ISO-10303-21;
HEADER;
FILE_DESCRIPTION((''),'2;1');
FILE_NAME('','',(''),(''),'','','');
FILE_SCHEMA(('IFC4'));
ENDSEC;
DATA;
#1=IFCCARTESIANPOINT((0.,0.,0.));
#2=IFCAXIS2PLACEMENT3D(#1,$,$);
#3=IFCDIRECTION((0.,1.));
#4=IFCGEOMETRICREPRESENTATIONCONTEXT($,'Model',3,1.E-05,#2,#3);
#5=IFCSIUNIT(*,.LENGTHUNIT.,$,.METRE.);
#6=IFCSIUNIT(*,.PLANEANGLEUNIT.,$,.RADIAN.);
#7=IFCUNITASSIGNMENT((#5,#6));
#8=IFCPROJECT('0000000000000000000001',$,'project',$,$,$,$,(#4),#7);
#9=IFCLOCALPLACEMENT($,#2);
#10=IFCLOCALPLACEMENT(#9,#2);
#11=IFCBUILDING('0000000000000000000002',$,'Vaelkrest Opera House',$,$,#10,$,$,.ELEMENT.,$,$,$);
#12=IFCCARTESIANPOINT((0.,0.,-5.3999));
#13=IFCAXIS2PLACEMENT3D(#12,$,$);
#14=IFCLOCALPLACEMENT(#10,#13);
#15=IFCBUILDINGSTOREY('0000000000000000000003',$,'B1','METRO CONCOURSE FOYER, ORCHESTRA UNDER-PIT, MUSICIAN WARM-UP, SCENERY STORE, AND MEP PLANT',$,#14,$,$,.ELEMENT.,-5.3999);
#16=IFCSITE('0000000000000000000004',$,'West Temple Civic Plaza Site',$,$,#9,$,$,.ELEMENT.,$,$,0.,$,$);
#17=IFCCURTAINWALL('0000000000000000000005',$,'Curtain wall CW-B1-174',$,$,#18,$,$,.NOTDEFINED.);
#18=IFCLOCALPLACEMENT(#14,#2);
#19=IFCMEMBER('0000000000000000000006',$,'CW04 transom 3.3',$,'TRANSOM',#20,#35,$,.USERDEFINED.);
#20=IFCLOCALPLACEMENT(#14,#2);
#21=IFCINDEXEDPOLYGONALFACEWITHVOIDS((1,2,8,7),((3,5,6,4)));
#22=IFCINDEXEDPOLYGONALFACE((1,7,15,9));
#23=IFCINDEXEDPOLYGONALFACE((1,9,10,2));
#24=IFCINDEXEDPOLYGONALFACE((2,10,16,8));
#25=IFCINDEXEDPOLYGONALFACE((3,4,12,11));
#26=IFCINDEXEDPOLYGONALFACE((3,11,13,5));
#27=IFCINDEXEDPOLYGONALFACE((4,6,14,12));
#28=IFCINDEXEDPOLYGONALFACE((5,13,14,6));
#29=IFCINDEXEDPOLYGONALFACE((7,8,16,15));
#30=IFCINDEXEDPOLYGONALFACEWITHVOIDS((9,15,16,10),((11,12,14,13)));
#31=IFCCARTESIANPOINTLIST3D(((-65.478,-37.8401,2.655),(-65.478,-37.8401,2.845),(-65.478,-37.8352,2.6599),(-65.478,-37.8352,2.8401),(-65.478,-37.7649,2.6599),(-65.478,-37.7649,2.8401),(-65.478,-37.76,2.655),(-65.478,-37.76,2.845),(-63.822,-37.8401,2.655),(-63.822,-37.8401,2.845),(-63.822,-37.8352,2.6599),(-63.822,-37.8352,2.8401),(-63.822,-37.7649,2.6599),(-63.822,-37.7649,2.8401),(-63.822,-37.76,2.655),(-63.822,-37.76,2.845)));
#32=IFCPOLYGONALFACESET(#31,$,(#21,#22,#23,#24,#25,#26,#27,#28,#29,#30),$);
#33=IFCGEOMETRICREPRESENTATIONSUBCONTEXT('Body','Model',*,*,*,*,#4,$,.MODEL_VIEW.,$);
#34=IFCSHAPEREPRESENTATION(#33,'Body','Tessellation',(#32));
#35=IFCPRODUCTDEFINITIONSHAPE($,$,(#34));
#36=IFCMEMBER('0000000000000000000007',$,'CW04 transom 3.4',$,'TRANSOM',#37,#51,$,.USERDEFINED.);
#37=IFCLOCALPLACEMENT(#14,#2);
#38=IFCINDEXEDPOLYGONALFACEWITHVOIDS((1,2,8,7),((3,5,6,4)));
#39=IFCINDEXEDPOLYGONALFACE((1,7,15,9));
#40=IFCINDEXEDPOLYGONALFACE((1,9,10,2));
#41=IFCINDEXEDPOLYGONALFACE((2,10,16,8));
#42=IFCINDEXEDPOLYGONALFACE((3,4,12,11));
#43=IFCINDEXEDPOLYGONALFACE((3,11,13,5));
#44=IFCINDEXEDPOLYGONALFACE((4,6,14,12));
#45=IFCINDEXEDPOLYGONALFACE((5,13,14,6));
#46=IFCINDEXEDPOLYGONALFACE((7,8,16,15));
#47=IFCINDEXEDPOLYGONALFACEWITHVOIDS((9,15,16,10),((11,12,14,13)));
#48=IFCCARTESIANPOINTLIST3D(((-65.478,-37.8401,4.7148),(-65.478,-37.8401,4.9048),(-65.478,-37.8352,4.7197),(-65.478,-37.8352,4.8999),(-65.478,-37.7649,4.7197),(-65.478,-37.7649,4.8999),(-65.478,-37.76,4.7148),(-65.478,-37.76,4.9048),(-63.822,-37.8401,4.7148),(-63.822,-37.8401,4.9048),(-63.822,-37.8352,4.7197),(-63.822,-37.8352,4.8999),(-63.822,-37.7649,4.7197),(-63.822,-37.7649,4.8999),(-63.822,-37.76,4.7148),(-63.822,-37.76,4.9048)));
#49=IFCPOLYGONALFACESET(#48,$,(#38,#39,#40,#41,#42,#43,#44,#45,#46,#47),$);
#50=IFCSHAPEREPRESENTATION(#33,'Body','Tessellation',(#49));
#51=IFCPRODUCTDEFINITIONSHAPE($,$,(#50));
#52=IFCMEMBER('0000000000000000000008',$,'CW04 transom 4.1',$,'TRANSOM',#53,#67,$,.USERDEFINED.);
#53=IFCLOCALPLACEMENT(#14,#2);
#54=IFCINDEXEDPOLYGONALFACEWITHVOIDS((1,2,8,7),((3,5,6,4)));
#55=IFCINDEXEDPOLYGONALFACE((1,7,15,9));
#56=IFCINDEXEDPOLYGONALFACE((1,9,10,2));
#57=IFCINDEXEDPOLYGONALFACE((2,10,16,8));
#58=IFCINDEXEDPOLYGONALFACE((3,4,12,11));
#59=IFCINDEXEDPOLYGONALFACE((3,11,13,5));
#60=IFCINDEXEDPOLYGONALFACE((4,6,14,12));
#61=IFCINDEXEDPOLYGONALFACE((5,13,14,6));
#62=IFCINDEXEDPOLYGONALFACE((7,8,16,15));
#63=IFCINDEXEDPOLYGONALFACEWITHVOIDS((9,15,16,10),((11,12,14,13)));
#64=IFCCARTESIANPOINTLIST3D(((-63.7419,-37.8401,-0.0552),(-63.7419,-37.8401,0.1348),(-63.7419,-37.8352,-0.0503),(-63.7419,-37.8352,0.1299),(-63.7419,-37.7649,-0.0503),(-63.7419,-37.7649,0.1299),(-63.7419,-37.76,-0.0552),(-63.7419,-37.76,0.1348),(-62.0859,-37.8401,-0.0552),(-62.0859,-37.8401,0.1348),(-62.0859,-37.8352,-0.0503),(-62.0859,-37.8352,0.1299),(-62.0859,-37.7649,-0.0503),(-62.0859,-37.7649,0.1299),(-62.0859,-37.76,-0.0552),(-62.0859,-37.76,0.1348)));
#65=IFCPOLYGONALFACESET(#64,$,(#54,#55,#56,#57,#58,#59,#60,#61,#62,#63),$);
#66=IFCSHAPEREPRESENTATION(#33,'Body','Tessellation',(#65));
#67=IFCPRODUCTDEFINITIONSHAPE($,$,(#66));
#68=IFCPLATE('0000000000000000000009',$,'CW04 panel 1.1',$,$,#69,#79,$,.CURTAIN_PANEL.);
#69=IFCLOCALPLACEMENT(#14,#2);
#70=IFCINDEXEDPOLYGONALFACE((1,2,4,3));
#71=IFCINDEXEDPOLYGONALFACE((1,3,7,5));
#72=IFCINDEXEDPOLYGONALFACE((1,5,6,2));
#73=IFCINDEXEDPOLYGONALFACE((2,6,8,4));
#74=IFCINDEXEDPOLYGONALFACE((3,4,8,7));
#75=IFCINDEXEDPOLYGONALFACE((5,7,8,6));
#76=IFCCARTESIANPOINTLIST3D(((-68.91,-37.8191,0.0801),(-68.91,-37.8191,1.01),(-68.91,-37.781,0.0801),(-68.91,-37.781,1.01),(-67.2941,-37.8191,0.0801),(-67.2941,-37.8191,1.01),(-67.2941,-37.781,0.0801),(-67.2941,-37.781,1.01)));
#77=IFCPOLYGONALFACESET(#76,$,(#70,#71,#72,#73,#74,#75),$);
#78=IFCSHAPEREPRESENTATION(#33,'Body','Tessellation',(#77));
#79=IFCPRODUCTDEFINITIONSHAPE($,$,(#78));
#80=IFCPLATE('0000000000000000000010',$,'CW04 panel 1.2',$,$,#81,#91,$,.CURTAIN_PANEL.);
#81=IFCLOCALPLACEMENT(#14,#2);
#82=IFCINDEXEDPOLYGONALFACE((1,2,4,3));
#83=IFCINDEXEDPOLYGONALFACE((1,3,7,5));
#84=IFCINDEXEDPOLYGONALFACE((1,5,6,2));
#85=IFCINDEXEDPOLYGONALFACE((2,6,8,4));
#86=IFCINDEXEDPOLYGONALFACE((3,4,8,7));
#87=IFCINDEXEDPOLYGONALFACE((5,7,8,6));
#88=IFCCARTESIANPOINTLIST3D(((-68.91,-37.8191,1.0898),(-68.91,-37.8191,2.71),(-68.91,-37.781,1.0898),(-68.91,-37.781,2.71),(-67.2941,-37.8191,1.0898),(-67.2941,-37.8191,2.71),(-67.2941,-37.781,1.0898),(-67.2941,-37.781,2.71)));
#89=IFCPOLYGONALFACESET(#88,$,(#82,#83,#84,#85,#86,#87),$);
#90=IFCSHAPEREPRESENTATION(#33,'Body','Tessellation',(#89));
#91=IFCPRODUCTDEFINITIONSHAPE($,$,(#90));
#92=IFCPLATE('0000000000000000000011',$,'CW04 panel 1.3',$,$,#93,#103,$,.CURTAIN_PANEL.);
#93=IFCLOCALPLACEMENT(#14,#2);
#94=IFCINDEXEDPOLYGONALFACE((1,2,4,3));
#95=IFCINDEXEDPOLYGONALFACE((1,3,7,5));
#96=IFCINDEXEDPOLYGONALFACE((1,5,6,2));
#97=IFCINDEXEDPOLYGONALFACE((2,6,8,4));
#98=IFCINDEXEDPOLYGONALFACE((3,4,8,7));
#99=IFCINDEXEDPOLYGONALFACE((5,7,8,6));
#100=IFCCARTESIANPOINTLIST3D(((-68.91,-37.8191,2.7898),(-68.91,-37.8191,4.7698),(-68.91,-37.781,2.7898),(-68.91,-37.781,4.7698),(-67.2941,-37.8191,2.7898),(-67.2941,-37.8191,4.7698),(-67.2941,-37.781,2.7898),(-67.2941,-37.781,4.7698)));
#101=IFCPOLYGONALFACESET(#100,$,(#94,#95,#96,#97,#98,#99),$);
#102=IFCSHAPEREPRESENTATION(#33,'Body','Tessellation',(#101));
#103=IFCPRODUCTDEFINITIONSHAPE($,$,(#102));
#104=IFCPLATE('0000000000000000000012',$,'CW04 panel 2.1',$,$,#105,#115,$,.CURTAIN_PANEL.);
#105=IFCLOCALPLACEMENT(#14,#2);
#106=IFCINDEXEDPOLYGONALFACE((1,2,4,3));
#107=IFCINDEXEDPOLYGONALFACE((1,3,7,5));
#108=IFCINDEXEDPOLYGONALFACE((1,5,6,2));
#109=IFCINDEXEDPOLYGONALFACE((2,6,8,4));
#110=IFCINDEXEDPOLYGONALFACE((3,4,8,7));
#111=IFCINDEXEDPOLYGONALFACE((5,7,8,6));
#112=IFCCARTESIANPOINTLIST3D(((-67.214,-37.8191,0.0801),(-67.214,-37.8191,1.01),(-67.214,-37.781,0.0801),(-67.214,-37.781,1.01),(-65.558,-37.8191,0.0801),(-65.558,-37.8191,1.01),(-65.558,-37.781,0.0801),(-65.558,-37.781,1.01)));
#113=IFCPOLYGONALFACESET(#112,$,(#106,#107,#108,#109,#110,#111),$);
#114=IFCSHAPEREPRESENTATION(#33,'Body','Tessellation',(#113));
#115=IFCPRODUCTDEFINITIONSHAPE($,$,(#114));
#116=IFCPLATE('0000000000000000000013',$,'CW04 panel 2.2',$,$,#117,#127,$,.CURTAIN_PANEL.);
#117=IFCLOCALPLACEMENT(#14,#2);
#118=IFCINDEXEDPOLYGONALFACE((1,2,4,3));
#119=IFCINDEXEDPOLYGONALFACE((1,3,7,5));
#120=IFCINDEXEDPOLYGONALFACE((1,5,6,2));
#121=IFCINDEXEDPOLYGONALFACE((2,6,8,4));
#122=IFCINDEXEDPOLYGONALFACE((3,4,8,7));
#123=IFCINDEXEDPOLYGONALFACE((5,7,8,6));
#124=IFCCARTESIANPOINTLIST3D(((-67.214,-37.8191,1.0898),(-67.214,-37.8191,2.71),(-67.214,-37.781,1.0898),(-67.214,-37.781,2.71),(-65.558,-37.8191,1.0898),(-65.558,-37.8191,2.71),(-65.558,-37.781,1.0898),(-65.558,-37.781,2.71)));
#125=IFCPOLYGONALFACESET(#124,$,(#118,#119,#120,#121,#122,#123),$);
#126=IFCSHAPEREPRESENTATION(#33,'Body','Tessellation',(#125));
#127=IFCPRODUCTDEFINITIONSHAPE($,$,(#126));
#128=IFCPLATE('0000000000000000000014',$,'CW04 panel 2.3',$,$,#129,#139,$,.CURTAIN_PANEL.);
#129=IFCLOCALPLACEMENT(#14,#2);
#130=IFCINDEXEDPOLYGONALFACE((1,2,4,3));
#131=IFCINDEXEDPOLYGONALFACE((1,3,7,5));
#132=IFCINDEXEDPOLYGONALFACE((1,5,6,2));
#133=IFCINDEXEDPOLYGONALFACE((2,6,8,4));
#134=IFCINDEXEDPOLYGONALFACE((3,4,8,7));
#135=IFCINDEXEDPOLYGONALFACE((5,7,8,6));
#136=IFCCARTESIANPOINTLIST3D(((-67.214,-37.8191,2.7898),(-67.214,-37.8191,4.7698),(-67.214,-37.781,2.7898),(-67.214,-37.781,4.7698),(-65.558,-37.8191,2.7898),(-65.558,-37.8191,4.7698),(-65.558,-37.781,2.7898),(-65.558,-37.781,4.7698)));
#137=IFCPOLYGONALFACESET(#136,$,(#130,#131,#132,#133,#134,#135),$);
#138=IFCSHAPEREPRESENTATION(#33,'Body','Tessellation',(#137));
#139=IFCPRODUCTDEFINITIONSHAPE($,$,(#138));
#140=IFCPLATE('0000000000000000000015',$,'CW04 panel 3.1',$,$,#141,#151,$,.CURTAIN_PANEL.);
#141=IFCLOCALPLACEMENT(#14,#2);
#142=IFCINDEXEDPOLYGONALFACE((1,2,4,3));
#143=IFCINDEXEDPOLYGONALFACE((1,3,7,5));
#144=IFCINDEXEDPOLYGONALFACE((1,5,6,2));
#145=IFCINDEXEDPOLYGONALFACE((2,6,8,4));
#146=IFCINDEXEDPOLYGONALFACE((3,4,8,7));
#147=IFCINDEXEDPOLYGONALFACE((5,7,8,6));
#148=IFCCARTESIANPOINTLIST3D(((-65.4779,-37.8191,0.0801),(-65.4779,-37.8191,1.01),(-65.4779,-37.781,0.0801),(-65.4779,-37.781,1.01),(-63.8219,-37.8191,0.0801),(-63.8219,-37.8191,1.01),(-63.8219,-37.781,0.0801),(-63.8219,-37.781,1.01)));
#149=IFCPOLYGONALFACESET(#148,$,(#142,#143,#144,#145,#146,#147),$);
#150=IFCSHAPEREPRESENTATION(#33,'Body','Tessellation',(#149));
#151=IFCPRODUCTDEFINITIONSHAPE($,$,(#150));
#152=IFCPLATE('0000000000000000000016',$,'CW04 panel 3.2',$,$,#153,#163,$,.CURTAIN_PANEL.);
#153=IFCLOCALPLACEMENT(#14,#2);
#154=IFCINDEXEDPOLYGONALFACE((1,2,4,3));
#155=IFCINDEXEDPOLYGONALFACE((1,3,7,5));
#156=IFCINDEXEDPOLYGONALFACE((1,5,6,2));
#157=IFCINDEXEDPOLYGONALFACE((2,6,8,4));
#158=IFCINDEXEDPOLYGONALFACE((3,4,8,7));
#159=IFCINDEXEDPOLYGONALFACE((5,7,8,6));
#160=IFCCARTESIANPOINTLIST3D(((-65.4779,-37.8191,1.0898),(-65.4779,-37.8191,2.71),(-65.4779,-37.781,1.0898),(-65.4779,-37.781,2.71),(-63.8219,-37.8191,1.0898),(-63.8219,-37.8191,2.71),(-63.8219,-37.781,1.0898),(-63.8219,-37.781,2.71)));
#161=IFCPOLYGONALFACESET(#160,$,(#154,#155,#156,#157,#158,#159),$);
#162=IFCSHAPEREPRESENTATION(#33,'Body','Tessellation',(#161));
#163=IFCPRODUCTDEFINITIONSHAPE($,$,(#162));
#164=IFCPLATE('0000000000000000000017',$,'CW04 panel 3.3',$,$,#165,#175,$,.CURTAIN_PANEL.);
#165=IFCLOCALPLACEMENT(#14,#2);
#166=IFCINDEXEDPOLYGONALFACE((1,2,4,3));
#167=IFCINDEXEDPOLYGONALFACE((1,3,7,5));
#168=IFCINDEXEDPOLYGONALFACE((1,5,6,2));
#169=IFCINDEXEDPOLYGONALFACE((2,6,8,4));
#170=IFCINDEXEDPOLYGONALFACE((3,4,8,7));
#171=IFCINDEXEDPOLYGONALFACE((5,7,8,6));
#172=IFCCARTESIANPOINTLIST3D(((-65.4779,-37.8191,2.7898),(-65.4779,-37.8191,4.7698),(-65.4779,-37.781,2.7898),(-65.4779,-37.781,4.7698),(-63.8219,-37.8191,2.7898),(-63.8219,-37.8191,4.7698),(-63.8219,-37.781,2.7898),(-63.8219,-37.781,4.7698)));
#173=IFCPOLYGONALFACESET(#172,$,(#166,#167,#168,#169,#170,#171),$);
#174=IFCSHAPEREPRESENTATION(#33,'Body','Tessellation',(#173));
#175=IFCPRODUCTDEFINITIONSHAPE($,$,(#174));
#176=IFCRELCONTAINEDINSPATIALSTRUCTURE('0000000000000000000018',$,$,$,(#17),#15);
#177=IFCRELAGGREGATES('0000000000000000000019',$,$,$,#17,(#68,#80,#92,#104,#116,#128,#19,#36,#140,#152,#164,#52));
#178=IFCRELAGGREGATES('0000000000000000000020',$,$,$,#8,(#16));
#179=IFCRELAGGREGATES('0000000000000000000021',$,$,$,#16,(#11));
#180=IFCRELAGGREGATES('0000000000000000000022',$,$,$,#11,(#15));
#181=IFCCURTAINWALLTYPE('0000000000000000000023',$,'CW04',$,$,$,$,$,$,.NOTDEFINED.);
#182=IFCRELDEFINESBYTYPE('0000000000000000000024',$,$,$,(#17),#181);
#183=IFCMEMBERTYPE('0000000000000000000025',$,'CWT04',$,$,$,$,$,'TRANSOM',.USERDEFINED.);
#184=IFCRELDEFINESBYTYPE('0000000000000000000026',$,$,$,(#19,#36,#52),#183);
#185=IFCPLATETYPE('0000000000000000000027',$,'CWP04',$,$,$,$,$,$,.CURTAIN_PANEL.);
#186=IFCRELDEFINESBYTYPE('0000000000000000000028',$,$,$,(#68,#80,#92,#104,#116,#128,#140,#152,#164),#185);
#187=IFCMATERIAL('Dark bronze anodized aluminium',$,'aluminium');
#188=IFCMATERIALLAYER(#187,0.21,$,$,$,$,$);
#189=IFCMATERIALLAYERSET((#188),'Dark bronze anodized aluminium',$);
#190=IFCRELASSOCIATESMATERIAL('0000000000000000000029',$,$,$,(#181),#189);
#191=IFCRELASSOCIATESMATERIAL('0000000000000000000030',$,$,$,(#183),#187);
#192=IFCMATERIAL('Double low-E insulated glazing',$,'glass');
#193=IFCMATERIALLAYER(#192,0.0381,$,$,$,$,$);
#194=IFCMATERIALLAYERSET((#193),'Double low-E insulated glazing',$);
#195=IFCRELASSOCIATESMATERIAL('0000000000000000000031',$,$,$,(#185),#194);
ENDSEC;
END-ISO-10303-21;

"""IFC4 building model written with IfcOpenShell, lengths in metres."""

from ifc_helpers import new_model, si_unit, direction, frame, origin, origin_2d, place, context, subcontext, project, spatial, rectangle, hollow_rectangle, extrude, material, layer, layer_set, material_profile, profile_set, type_object, element, aggregate, save


model = new_model("IFC4")

# Units and contexts
model_context = context("Model", 3, precision=1e-05, world=origin(), true_north=direction((0.0, 1.0)))
body_context = subcontext(model_context, "Body", "Model", "MODEL_VIEW")
ifc_project = project(units=[si_unit("LENGTHUNIT", "METRE"), si_unit("PLANEANGLEUNIT", "RADIAN")], contexts=[model_context])

# Site, building, storey
site_placement = place(None, origin())
site = spatial("IfcSite", under=ifc_project, at=site_placement, Name="West Temple Civic Plaza Site", CompositionType="ELEMENT", RefElevation=0.0)
building_placement = place(site_placement, origin())
building = spatial("IfcBuilding", under=site, at=building_placement, Name="Vaelkrest Opera House", CompositionType="ELEMENT")
storey_placement = place(building_placement, frame((0.0, 0.0, -5.3999)))
storey = spatial("IfcBuildingStorey", under=building, at=storey_placement, Name="B1", Description="METRO CONCOURSE FOYER, ORCHESTRA UNDER-PIT, MUSICIAN WARM-UP, SCENERY STORE, AND MEP PLANT", CompositionType="ELEMENT", Elevation=-5.3999)

# Curtain wall, members, plates
ifc_material_1 = material(Name="Dark bronze anodized aluminium", Category="aluminium")
ifc_layer_1 = layer(ifc_material_1, 0.21)
ifc_layer_set_1 = layer_set([ifc_layer_1], Name="Dark bronze anodized aluminium")
curtain_wall_type = type_object("IfcCurtainWallType", Name="CW04", PredefinedType="NOTDEFINED", material=ifc_layer_set_1)
curtain_wall_placement = place(storey_placement, origin())
curtain_wall = element("IfcCurtainWall", 1, at=curtain_wall_placement, inside=storey, type_object=curtain_wall_type, Name="Curtain wall CW-B1-174", PredefinedType="NOTDEFINED")
ifc_material_profile_1 = material_profile(ifc_material_1, hollow_rectangle(XDim=0.0801, YDim=0.1899, WallThickness=0.0049, at=origin_2d()), Name="CWT80X190")
ifc_profile_set_1 = profile_set([ifc_material_profile_1], Name="Dark bronze anodized aluminium")
member_type_1 = type_object("IfcMemberType", Name="CWT04", ElementType="TRANSOM", PredefinedType="USERDEFINED", material=ifc_profile_set_1)
member_1_placement = place(storey_placement, frame((-65.478, -37.8, 2.75), z_axis=(1.0, 0.0, 0.0), x_axis=(0.0, 1.0, 0.0)))
member_1 = element("IfcMember", 2, at=member_1_placement, type_object=member_type_1, Name="CW04 transom 3.3", ObjectType="TRANSOM", PredefinedType="USERDEFINED", context=body_context, shape_type="SweptSolid", body=[
    extrude(hollow_rectangle(XDim=0.0801, YDim=0.1899, WallThickness=0.0049, at=origin_2d()), origin(), (0.0, 0.0, 1.0), 1.656),
])
member_2_placement = place(storey_placement, frame((-65.478, -37.8, 4.8098), z_axis=(1.0, 0.0, 0.0), x_axis=(0.0, 1.0, 0.0)))
member_2 = element("IfcMember", 3, at=member_2_placement, type_object=member_type_1, Name="CW04 transom 3.4", ObjectType="TRANSOM", PredefinedType="USERDEFINED", context=body_context, shape_type="SweptSolid", body=[
    extrude(hollow_rectangle(XDim=0.0801, YDim=0.1899, WallThickness=0.0049, at=origin_2d()), origin(), (0.0, 0.0, 1.0), 1.656),
])
member_3_placement = place(storey_placement, frame((-63.7419, -37.8, 0.0398), z_axis=(1.0, 0.0, 0.0), x_axis=(0.0, 1.0, 0.0)))
member_3 = element("IfcMember", 4, at=member_3_placement, type_object=member_type_1, Name="CW04 transom 4.1", ObjectType="TRANSOM", PredefinedType="USERDEFINED", context=body_context, shape_type="SweptSolid", body=[
    extrude(hollow_rectangle(XDim=0.0801, YDim=0.1899, WallThickness=0.0049, at=origin_2d()), origin(), (0.0, 0.0, 1.0), 1.656),
])
ifc_material_2 = material(Name="Double low-E insulated glazing", Category="glass")
ifc_layer_2 = layer(ifc_material_2, 0.0381)
ifc_layer_set_2 = layer_set([ifc_layer_2], Name="Double low-E insulated glazing")
plate_type = type_object("IfcPlateType", Name="CWP04", PredefinedType="CURTAIN_PANEL", material=ifc_layer_set_2)
plate_1_placement = place(storey_placement, frame((-68.1021, -37.8, 0.0801), z_axis=(0.0, 0.0, 1.0), x_axis=(1.0, 0.0, 0.0)))
plate_1 = element("IfcPlate", 5, at=plate_1_placement, type_object=plate_type, Name="CW04 panel 1.1", PredefinedType="CURTAIN_PANEL", context=body_context, shape_type="SweptSolid", body=[
    extrude(rectangle(XDim=1.616, YDim=0.0381, at=origin_2d()), origin(), (0.0, 0.0, 1.0), 0.9299),
])
plate_2_placement = place(storey_placement, frame((-68.1021, -37.8, 1.0898), z_axis=(0.0, 0.0, 1.0), x_axis=(1.0, 0.0, 0.0)))
plate_2 = element("IfcPlate", 6, at=plate_2_placement, type_object=plate_type, Name="CW04 panel 1.2", PredefinedType="CURTAIN_PANEL", context=body_context, shape_type="SweptSolid", body=[
    extrude(rectangle(XDim=1.616, YDim=0.0381, at=origin_2d()), origin(), (0.0, 0.0, 1.0), 1.6201),
])
plate_3_placement = place(storey_placement, frame((-68.1021, -37.8, 2.7898), z_axis=(0.0, 0.0, 1.0), x_axis=(1.0, 0.0, 0.0)))
plate_3 = element("IfcPlate", 7, at=plate_3_placement, type_object=plate_type, Name="CW04 panel 1.3", PredefinedType="CURTAIN_PANEL", context=body_context, shape_type="SweptSolid", body=[
    extrude(rectangle(XDim=1.616, YDim=0.0381, at=origin_2d()), origin(), (0.0, 0.0, 1.0), 1.98),
])
plate_4_placement = place(storey_placement, frame((-66.386, -37.8, 0.0801), z_axis=(0.0, 0.0, 1.0), x_axis=(1.0, 0.0, 0.0)))
plate_4 = element("IfcPlate", 8, at=plate_4_placement, type_object=plate_type, Name="CW04 panel 2.1", PredefinedType="CURTAIN_PANEL", context=body_context, shape_type="SweptSolid", body=[
    extrude(rectangle(XDim=1.656, YDim=0.0381, at=origin_2d()), origin(), (0.0, 0.0, 1.0), 0.9299),
])
plate_5_placement = place(storey_placement, frame((-66.386, -37.8, 1.0898), z_axis=(0.0, 0.0, 1.0), x_axis=(1.0, 0.0, 0.0)))
plate_5 = element("IfcPlate", 9, at=plate_5_placement, type_object=plate_type, Name="CW04 panel 2.2", PredefinedType="CURTAIN_PANEL", context=body_context, shape_type="SweptSolid", body=[
    extrude(rectangle(XDim=1.656, YDim=0.0381, at=origin_2d()), origin(), (0.0, 0.0, 1.0), 1.6201),
])
plate_6_placement = place(storey_placement, frame((-66.386, -37.8, 2.7898), z_axis=(0.0, 0.0, 1.0), x_axis=(1.0, 0.0, 0.0)))
plate_6 = element("IfcPlate", 10, at=plate_6_placement, type_object=plate_type, Name="CW04 panel 2.3", PredefinedType="CURTAIN_PANEL", context=body_context, shape_type="SweptSolid", body=[
    extrude(rectangle(XDim=1.656, YDim=0.0381, at=origin_2d()), origin(), (0.0, 0.0, 1.0), 1.98),
])
plate_7_placement = place(storey_placement, frame((-64.6499, -37.8, 0.0801), z_axis=(0.0, 0.0, 1.0), x_axis=(1.0, 0.0, 0.0)))
plate_7 = element("IfcPlate", 11, at=plate_7_placement, type_object=plate_type, Name="CW04 panel 3.1", PredefinedType="CURTAIN_PANEL", context=body_context, shape_type="SweptSolid", body=[
    extrude(rectangle(XDim=1.656, YDim=0.0381, at=origin_2d()), origin(), (0.0, 0.0, 1.0), 0.9299),
])
plate_8_placement = place(storey_placement, frame((-64.6499, -37.8, 1.0898), z_axis=(0.0, 0.0, 1.0), x_axis=(1.0, 0.0, 0.0)))
plate_8 = element("IfcPlate", 12, at=plate_8_placement, type_object=plate_type, Name="CW04 panel 3.2", PredefinedType="CURTAIN_PANEL", context=body_context, shape_type="SweptSolid", body=[
    extrude(rectangle(XDim=1.656, YDim=0.0381, at=origin_2d()), origin(), (0.0, 0.0, 1.0), 1.6201),
])
plate_9_placement = place(storey_placement, frame((-64.6499, -37.8, 2.7898), z_axis=(0.0, 0.0, 1.0), x_axis=(1.0, 0.0, 0.0)))
plate_9 = element("IfcPlate", 13, at=plate_9_placement, type_object=plate_type, Name="CW04 panel 3.3", PredefinedType="CURTAIN_PANEL", context=body_context, shape_type="SweptSolid", body=[
    extrude(rectangle(XDim=1.656, YDim=0.0381, at=origin_2d()), origin(), (0.0, 0.0, 1.0), 1.98),
])
aggregate(curtain_wall, [plate_1, plate_2, plate_3, plate_4, plate_5, plate_6, member_1, member_2, plate_7, plate_8, plate_9, member_3])

save(model, "model.ifc")
